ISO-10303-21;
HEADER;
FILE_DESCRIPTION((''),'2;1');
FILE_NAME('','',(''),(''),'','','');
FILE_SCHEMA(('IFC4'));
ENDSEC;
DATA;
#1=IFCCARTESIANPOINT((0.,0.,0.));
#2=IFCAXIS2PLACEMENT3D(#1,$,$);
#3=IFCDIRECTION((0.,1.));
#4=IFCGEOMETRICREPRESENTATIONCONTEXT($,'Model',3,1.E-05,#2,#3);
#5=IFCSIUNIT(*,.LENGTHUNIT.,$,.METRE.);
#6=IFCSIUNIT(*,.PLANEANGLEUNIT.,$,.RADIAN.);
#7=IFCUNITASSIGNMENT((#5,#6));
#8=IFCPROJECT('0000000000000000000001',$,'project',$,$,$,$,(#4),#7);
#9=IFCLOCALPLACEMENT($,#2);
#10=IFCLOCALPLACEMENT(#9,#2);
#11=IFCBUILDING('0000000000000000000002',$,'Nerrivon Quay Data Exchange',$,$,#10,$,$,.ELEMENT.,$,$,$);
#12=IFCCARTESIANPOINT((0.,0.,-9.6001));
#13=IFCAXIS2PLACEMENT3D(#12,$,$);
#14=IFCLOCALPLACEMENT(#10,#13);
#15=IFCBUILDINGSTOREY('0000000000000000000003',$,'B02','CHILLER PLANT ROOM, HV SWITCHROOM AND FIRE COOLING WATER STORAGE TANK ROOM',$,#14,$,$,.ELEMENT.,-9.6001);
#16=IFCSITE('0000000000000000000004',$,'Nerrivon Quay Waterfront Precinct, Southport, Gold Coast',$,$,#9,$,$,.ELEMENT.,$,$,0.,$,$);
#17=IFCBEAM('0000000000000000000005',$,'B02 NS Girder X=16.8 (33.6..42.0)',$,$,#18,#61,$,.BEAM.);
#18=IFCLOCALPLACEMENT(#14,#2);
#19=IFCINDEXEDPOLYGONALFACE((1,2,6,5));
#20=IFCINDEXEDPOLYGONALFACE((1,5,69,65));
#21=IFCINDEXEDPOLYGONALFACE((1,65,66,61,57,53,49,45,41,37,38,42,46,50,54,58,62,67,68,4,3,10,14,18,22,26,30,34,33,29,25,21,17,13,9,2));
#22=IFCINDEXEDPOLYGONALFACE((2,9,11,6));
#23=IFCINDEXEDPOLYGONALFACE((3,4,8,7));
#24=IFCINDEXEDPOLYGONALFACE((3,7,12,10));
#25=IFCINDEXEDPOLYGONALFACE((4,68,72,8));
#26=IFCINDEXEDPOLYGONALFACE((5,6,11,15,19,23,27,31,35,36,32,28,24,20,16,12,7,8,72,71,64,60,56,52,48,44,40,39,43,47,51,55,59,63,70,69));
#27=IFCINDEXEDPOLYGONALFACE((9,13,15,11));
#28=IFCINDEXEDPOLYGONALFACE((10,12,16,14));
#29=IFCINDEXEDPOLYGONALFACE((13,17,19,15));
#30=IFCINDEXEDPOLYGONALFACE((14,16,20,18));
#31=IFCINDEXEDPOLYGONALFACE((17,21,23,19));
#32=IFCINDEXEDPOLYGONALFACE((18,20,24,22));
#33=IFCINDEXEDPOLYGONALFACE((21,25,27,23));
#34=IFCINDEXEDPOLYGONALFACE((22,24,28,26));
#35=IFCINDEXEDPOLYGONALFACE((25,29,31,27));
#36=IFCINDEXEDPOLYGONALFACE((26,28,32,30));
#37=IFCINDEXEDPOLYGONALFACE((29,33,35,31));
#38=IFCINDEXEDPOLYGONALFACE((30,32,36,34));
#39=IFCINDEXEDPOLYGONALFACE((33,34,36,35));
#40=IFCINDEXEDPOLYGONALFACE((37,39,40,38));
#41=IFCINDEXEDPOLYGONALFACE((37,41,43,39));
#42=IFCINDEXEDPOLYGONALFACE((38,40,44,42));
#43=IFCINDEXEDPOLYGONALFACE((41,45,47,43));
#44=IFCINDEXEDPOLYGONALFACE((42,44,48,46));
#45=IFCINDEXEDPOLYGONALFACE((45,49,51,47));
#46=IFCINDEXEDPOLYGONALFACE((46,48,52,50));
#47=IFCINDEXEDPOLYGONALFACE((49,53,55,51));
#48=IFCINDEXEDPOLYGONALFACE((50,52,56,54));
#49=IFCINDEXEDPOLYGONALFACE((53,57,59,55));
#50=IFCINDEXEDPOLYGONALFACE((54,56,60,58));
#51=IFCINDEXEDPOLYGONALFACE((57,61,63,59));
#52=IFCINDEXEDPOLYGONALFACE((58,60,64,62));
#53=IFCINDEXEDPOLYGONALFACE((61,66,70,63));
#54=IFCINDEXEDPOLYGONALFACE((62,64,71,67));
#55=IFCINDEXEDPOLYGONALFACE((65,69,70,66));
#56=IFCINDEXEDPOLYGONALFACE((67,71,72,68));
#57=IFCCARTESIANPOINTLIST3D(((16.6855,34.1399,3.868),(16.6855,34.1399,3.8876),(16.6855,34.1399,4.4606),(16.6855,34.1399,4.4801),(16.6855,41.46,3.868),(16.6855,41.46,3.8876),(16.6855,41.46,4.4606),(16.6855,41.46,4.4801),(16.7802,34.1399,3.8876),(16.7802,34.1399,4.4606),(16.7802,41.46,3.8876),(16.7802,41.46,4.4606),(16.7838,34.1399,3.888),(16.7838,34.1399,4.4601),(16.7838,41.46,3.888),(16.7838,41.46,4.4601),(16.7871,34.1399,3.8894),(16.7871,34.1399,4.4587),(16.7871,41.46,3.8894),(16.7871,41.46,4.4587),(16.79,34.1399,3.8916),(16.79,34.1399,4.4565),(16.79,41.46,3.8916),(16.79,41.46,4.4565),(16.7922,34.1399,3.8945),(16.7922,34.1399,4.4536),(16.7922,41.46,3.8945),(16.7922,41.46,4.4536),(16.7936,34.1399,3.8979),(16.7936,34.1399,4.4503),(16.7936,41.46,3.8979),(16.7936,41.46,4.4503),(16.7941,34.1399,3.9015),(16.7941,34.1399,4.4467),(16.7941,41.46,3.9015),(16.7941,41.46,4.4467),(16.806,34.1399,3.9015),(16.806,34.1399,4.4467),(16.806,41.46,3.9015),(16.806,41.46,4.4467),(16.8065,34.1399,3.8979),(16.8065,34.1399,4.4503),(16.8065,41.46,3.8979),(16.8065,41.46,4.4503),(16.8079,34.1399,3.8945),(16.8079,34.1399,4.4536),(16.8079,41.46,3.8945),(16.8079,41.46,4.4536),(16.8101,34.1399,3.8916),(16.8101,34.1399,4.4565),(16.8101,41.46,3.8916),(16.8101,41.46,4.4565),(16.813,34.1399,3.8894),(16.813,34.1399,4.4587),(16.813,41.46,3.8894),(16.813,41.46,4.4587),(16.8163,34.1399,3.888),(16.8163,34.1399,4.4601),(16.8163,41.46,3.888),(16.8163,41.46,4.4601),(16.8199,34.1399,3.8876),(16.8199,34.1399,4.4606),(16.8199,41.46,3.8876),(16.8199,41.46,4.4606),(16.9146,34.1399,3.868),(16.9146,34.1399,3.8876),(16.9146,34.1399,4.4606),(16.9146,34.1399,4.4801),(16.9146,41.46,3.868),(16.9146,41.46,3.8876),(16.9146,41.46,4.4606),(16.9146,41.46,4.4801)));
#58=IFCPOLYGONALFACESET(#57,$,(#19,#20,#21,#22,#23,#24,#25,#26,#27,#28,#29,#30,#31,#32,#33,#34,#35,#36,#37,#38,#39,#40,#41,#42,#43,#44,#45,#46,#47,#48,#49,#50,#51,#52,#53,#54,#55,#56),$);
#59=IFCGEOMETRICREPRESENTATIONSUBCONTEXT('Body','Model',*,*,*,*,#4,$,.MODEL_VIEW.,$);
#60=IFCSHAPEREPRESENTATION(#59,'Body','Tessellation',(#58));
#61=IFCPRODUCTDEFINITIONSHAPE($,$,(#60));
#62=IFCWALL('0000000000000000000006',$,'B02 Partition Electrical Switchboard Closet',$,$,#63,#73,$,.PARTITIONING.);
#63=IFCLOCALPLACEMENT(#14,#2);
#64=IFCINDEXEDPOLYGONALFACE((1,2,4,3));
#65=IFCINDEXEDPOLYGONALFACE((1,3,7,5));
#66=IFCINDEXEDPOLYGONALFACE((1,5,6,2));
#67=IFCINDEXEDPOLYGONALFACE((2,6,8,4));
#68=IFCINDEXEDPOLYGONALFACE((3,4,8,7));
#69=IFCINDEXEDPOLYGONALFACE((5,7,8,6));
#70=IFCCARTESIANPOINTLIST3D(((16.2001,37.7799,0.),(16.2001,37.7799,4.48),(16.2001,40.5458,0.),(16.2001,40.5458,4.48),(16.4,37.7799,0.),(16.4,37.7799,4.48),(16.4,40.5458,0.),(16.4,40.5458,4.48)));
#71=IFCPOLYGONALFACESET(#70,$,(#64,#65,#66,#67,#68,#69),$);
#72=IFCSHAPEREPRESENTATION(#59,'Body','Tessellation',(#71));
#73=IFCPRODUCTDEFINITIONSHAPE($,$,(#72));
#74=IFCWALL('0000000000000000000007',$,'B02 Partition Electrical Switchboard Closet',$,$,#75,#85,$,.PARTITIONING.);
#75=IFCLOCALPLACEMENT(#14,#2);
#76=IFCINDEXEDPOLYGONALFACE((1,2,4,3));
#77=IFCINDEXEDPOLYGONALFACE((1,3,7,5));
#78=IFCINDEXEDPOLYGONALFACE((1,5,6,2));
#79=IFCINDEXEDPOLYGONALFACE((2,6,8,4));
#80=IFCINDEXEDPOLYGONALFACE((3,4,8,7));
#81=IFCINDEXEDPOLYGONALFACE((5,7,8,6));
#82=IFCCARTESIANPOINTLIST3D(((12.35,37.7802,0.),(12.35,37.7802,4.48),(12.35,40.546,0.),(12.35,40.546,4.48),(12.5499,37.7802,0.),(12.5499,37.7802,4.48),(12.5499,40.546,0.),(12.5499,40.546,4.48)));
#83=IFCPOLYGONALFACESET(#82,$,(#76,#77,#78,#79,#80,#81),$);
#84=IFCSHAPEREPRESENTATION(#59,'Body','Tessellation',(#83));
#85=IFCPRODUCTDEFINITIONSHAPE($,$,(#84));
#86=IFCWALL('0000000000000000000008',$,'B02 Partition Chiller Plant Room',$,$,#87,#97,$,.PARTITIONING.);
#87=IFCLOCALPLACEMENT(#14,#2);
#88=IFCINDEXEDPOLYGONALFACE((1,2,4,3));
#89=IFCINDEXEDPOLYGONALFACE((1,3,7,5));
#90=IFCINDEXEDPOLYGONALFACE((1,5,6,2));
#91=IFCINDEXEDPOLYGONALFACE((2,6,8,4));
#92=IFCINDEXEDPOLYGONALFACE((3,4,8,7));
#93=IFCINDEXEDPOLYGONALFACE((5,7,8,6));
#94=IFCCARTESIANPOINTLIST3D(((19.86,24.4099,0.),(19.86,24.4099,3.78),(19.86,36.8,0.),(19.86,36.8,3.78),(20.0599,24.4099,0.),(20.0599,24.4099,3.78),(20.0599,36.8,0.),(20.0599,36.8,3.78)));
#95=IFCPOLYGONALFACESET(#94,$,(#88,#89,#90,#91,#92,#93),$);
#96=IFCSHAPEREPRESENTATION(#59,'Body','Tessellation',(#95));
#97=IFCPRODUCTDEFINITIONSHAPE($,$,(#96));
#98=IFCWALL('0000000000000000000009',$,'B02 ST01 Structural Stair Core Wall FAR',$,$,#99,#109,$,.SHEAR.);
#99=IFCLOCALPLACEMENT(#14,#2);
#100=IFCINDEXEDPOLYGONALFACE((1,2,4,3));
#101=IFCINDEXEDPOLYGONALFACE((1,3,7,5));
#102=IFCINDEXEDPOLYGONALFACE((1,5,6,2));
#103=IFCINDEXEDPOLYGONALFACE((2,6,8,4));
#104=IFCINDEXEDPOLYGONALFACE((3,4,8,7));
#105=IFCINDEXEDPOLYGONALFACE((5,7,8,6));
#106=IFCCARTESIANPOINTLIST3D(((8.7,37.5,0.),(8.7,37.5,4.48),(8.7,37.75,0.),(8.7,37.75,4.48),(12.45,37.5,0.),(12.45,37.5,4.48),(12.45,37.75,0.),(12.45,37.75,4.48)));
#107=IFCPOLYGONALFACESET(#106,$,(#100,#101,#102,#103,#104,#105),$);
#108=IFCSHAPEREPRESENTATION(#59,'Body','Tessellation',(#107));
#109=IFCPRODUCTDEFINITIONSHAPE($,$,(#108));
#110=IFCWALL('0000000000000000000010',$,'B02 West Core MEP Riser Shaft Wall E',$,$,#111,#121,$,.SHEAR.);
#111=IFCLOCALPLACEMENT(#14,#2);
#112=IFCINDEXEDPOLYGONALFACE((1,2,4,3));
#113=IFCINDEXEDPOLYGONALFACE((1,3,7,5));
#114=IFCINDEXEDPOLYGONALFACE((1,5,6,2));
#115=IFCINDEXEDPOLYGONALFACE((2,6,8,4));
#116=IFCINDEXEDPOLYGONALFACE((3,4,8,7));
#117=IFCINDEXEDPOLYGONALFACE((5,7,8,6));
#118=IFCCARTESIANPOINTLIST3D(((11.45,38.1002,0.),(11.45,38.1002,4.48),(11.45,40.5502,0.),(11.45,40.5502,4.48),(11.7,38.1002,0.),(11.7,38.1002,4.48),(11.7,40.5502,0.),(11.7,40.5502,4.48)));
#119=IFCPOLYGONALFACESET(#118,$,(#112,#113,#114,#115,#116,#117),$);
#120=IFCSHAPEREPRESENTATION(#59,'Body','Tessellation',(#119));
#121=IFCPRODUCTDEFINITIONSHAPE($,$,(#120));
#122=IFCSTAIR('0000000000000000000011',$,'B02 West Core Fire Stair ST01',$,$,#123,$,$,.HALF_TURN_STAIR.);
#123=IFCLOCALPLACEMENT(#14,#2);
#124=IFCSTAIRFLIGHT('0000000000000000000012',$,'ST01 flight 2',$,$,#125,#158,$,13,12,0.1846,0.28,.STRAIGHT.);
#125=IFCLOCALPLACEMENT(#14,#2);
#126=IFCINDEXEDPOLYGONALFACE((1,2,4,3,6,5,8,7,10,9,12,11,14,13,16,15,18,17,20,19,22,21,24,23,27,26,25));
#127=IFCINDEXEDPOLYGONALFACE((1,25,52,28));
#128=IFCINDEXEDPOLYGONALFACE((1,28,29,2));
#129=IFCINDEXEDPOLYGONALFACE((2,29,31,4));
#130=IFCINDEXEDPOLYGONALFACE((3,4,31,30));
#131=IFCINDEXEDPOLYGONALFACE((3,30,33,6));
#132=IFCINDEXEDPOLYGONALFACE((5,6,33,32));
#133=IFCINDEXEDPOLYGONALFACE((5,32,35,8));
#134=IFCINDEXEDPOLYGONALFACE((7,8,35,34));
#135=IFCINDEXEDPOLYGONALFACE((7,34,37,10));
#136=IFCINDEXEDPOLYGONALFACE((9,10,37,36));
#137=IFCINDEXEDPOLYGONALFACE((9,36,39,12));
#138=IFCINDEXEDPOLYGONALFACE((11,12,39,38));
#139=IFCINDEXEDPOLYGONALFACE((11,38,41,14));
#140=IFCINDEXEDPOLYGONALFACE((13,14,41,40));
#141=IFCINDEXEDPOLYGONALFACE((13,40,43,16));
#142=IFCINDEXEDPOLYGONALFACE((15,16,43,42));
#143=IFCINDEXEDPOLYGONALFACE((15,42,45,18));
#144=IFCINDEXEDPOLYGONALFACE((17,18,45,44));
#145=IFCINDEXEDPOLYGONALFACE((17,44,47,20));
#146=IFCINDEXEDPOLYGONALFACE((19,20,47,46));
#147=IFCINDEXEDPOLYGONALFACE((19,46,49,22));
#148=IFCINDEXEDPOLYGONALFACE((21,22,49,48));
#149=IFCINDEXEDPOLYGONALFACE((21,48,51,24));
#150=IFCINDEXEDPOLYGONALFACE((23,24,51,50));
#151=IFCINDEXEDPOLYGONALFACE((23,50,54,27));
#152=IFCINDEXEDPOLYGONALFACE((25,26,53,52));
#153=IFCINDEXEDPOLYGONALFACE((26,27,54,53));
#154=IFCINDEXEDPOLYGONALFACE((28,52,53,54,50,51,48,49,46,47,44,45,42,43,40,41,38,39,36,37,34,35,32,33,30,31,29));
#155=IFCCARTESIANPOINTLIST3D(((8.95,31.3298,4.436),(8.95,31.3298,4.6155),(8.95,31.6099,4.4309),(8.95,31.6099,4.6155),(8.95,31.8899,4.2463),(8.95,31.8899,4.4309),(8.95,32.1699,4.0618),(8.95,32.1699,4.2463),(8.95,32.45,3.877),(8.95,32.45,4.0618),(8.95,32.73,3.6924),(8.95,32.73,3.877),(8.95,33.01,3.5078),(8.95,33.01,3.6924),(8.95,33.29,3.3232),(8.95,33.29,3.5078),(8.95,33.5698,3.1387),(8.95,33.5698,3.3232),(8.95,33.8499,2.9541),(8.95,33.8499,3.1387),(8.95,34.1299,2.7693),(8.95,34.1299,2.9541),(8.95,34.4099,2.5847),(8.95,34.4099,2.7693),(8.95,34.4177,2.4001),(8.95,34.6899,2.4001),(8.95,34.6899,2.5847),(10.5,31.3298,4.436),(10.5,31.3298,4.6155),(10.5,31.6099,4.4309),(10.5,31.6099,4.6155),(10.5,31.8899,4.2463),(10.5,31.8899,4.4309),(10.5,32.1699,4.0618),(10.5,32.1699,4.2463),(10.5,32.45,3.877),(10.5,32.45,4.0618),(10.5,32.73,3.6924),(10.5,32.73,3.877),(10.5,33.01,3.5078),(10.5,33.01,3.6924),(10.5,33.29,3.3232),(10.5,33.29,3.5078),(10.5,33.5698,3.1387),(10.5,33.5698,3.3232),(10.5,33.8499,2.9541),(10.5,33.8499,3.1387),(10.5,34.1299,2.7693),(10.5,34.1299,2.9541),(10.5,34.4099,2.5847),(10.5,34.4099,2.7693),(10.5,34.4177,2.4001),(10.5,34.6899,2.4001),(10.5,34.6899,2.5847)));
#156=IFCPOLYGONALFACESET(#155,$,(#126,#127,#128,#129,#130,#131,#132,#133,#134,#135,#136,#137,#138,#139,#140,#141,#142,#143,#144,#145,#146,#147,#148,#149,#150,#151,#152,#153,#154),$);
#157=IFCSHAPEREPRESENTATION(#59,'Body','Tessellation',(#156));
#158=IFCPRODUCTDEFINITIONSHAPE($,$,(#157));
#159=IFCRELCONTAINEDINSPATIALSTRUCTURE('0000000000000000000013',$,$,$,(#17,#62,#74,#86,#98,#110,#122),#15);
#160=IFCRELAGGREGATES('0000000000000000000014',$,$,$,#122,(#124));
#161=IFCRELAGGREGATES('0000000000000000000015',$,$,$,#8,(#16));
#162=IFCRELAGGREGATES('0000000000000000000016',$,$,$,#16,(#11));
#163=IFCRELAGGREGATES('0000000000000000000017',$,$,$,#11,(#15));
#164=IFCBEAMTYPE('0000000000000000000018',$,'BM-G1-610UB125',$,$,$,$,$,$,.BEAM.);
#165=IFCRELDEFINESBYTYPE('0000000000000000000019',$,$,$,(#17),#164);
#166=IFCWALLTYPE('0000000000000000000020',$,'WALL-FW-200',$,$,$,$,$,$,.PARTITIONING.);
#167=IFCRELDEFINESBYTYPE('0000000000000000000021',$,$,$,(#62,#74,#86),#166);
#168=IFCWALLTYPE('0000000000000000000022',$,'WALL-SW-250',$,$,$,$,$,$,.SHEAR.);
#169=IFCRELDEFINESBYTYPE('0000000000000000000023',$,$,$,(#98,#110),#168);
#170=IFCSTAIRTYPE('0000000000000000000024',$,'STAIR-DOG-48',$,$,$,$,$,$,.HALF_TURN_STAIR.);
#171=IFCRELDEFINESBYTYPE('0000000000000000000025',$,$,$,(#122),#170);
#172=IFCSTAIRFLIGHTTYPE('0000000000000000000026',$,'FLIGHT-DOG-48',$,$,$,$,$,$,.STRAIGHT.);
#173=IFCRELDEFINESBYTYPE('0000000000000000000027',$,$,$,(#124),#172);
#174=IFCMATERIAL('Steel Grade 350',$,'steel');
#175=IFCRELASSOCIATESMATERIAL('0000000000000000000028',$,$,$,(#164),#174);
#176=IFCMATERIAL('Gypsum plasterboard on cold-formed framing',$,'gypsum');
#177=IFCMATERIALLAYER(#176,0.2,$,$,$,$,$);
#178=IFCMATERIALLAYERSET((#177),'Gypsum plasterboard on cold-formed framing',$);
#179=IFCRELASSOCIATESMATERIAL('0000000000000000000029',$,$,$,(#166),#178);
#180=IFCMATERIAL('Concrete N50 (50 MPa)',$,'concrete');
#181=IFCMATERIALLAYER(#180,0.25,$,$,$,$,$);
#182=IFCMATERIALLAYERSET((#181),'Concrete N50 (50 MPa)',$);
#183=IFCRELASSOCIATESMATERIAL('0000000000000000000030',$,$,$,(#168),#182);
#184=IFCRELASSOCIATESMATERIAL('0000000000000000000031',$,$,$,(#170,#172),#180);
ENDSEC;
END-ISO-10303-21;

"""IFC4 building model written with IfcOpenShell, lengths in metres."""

from ifc_helpers import new_model, si_unit, direction, frame, frame_2d, origin, origin_2d, place, context, subcontext, project, spatial, polyline, rectangle, i_section, outline, extrude, material, layer, layer_set, material_profile, profile_set, type_object, element, aggregate, save


model = new_model("IFC4")

# Units and contexts
model_context = context("Model", 3, precision=1e-05, world=origin(), true_north=direction((0.0, 1.0)))
body_context = subcontext(model_context, "Body", "Model", "MODEL_VIEW")
ifc_project = project(units=[si_unit("LENGTHUNIT", "METRE"), si_unit("PLANEANGLEUNIT", "RADIAN")], contexts=[model_context])

# Site, building, storey
site_placement = place(None, origin())
site = spatial("IfcSite", under=ifc_project, at=site_placement, Name="Nerrivon Quay Waterfront Precinct, Southport, Gold Coast", CompositionType="ELEMENT", RefElevation=0.0)
building_placement = place(site_placement, origin())
building = spatial("IfcBuilding", under=site, at=building_placement, Name="Nerrivon Quay Data Exchange", CompositionType="ELEMENT")
storey_placement = place(building_placement, frame((0.0, 0.0, -9.6001)))
storey = spatial("IfcBuildingStorey", under=building, at=storey_placement, Name="B02", Description="CHILLER PLANT ROOM, HV SWITCHROOM AND FIRE COOLING WATER STORAGE TANK ROOM", CompositionType="ELEMENT", Elevation=-9.6001)

# Shared definitions
ifc_material_1 = material(Name="Concrete N50 (50 MPa)", Category="concrete")

# Beam
ifc_material_2 = material(Name="Steel Grade 350", Category="steel")
ifc_material_profile_1 = material_profile(ifc_material_2, i_section(OverallWidth=0.229, OverallDepth=0.6121, WebThickness=0.012, FlangeThickness=0.0195, FilletRadius=0.0139, at=origin_2d()), Name="610UB125")
ifc_profile_set_1 = profile_set([ifc_material_profile_1], Name="Steel Grade 350")
beam_type = type_object("IfcBeamType", Name="BM-G1-610UB125", PredefinedType="BEAM", material=ifc_profile_set_1)
beam_placement = place(storey_placement, frame((16.8, 34.1399, 4.1741), z_axis=(0.0, 1.0, 0.0), x_axis=(-1.0, 0.0, 0.0)))
element("IfcBeam", 1, at=beam_placement, inside=storey, type_object=beam_type, Name="B02 NS Girder X=16.8 (33.6..42.0)", PredefinedType="BEAM", context=body_context, shape_type="SweptSolid", body=[
    extrude(i_section(OverallWidth=0.229, OverallDepth=0.6121, WebThickness=0.012, FlangeThickness=0.0195, FilletRadius=0.0139, at=origin_2d()), origin(), (0.0, 0.0, 1.0), 7.3201),
])

# Walls
ifc_material_3 = material(Name="Gypsum plasterboard on cold-formed framing", Category="gypsum")
ifc_layer_1 = layer(ifc_material_3, 0.2)
ifc_layer_set_1 = layer_set([ifc_layer_1], Name="Gypsum plasterboard on cold-formed framing")
wall_type_1 = type_object("IfcWallType", Name="WALL-FW-200", PredefinedType="PARTITIONING", material=ifc_layer_set_1)
for number, where, z_axis, x_axis, name in (
    (2, (16.3, 37.78, 0.0), (0.0, 0.0, 1.0), (0.0, 1.0, 0.0), "B02 Partition Electrical Switchboard Closet"),
    (3, (12.45, 40.5459, 0.0), (0.0, 0.0, 1.0), (0.0, -1.0, 0.0), "B02 Partition Electrical Switchboard Closet"),
):
    element("IfcWall", number, at=place(storey_placement, frame(where, z_axis=z_axis, x_axis=x_axis)), inside=storey, type_object=wall_type_1, Name=name, PredefinedType="PARTITIONING", context=body_context, shape_type="SweptSolid", body=[
        extrude(rectangle(XDim=2.7659, YDim=0.2, at=frame_2d((1.3828, 0.0))), origin(), (0.0, 0.0, 1.0), 4.48),
    ])
wall_1_placement = place(storey_placement, frame((19.96, 36.8, 0.0), z_axis=(0.0, 0.0, 1.0), x_axis=(0.0, -1.0, 0.0)))
element("IfcWall", 4, at=wall_1_placement, inside=storey, type_object=wall_type_1, Name="B02 Partition Chiller Plant Room", PredefinedType="PARTITIONING", context=body_context, shape_type="SweptSolid", body=[
    extrude(rectangle(XDim=12.3901, YDim=0.2, at=frame_2d((6.1951, 0.0))), origin(), (0.0, 0.0, 1.0), 3.78),
])
ifc_layer_2 = layer(ifc_material_1, 0.25)
ifc_layer_set_2 = layer_set([ifc_layer_2], Name="Concrete N50 (50 MPa)")
wall_type_2 = type_object("IfcWallType", Name="WALL-SW-250", PredefinedType="SHEAR", material=ifc_layer_set_2)
wall_2_placement = place(storey_placement, frame((12.45, 37.625, 0.0), z_axis=(0.0, 0.0, 1.0), x_axis=(-1.0, 0.0, 0.0)))
element("IfcWall", 5, at=wall_2_placement, inside=storey, type_object=wall_type_2, Name="B02 ST01 Structural Stair Core Wall FAR", PredefinedType="SHEAR", context=body_context, shape_type="SweptSolid", body=[
    extrude(rectangle(XDim=3.75, YDim=0.25, at=frame_2d((1.875, 0.0))), origin(), (0.0, 0.0, 1.0), 4.48),
])
wall_3_placement = place(storey_placement, frame((11.575, 38.1001, 0.0), z_axis=(0.0, 0.0, 1.0), x_axis=(0.0, 1.0, 0.0)))
element("IfcWall", 6, at=wall_3_placement, inside=storey, type_object=wall_type_2, Name="B02 West Core MEP Riser Shaft Wall E", PredefinedType="SHEAR", context=body_context, shape_type="SweptSolid", body=[
    extrude(rectangle(XDim=2.45, YDim=0.25, at=frame_2d((1.2251, 0.0))), origin(), (0.0, 0.0, 1.0), 4.48),
])

# Stair, stair flight
stair_type = type_object("IfcStairType", Name="STAIR-DOG-48", PredefinedType="HALF_TURN_STAIR", material=ifc_material_1)
stair_placement = place(storey_placement, origin())
stair = element("IfcStair", 7, at=stair_placement, inside=storey, type_object=stair_type, Name="B02 West Core Fire Stair ST01", PredefinedType="HALF_TURN_STAIR")
stair_flight_type = type_object("IfcStairFlightType", Name="FLIGHT-DOG-48", PredefinedType="STRAIGHT", material=ifc_material_1)
stair_flight_placement = place(storey_placement, frame((9.7251, 34.6899, 2.4001), z_axis=(0.0, 0.0, 1.0), x_axis=(0.0, -1.0, 0.0)))
stair_flight = element("IfcStairFlight", 8, at=stair_flight_placement, type_object=stair_flight_type, Name="ST01 flight 2", NumberOfRisers=13, NumberOfTreads=12, PredefinedType="STRAIGHT", RiserHeight=0.1846, TreadLength=0.28, context=body_context, shape_type="SweptSolid", body=[
    extrude(outline(polyline([(0.0, 0.0), (0.0, 0.1846), (0.28, 0.1846), (0.28, 0.3691), (0.5601, 0.3691), (0.5601, 0.554), (0.8401, 0.554), (0.8401, 0.7385), (1.1201, 0.7385), (1.1201, 0.9231), (1.3999, 0.9231), (1.3999, 1.1077), (1.6799, 1.1077), (1.6799, 1.2922), (1.96, 1.2922), (1.96, 1.4768), (2.24, 1.4768), (2.24, 1.6616), (2.52, 1.6616), (2.52, 1.8462), (2.8, 1.8462), (2.8, 2.0308), (3.0801, 2.0308), (3.0801, 2.2153), (3.3601, 2.2153), (3.3601, 2.3999), (3.3601, 2.0359), (0.2722, 0.0), (0.0, 0.0)])), frame((0.0, 0.7749, 0.0), z_axis=(0.0, -1.0, 0.0), x_axis=(1.0, 0.0, 0.0)), (0.0, 0.0, 1.0), 1.55),
])
aggregate(stair, [stair_flight])

save(model, "model.ifc")
